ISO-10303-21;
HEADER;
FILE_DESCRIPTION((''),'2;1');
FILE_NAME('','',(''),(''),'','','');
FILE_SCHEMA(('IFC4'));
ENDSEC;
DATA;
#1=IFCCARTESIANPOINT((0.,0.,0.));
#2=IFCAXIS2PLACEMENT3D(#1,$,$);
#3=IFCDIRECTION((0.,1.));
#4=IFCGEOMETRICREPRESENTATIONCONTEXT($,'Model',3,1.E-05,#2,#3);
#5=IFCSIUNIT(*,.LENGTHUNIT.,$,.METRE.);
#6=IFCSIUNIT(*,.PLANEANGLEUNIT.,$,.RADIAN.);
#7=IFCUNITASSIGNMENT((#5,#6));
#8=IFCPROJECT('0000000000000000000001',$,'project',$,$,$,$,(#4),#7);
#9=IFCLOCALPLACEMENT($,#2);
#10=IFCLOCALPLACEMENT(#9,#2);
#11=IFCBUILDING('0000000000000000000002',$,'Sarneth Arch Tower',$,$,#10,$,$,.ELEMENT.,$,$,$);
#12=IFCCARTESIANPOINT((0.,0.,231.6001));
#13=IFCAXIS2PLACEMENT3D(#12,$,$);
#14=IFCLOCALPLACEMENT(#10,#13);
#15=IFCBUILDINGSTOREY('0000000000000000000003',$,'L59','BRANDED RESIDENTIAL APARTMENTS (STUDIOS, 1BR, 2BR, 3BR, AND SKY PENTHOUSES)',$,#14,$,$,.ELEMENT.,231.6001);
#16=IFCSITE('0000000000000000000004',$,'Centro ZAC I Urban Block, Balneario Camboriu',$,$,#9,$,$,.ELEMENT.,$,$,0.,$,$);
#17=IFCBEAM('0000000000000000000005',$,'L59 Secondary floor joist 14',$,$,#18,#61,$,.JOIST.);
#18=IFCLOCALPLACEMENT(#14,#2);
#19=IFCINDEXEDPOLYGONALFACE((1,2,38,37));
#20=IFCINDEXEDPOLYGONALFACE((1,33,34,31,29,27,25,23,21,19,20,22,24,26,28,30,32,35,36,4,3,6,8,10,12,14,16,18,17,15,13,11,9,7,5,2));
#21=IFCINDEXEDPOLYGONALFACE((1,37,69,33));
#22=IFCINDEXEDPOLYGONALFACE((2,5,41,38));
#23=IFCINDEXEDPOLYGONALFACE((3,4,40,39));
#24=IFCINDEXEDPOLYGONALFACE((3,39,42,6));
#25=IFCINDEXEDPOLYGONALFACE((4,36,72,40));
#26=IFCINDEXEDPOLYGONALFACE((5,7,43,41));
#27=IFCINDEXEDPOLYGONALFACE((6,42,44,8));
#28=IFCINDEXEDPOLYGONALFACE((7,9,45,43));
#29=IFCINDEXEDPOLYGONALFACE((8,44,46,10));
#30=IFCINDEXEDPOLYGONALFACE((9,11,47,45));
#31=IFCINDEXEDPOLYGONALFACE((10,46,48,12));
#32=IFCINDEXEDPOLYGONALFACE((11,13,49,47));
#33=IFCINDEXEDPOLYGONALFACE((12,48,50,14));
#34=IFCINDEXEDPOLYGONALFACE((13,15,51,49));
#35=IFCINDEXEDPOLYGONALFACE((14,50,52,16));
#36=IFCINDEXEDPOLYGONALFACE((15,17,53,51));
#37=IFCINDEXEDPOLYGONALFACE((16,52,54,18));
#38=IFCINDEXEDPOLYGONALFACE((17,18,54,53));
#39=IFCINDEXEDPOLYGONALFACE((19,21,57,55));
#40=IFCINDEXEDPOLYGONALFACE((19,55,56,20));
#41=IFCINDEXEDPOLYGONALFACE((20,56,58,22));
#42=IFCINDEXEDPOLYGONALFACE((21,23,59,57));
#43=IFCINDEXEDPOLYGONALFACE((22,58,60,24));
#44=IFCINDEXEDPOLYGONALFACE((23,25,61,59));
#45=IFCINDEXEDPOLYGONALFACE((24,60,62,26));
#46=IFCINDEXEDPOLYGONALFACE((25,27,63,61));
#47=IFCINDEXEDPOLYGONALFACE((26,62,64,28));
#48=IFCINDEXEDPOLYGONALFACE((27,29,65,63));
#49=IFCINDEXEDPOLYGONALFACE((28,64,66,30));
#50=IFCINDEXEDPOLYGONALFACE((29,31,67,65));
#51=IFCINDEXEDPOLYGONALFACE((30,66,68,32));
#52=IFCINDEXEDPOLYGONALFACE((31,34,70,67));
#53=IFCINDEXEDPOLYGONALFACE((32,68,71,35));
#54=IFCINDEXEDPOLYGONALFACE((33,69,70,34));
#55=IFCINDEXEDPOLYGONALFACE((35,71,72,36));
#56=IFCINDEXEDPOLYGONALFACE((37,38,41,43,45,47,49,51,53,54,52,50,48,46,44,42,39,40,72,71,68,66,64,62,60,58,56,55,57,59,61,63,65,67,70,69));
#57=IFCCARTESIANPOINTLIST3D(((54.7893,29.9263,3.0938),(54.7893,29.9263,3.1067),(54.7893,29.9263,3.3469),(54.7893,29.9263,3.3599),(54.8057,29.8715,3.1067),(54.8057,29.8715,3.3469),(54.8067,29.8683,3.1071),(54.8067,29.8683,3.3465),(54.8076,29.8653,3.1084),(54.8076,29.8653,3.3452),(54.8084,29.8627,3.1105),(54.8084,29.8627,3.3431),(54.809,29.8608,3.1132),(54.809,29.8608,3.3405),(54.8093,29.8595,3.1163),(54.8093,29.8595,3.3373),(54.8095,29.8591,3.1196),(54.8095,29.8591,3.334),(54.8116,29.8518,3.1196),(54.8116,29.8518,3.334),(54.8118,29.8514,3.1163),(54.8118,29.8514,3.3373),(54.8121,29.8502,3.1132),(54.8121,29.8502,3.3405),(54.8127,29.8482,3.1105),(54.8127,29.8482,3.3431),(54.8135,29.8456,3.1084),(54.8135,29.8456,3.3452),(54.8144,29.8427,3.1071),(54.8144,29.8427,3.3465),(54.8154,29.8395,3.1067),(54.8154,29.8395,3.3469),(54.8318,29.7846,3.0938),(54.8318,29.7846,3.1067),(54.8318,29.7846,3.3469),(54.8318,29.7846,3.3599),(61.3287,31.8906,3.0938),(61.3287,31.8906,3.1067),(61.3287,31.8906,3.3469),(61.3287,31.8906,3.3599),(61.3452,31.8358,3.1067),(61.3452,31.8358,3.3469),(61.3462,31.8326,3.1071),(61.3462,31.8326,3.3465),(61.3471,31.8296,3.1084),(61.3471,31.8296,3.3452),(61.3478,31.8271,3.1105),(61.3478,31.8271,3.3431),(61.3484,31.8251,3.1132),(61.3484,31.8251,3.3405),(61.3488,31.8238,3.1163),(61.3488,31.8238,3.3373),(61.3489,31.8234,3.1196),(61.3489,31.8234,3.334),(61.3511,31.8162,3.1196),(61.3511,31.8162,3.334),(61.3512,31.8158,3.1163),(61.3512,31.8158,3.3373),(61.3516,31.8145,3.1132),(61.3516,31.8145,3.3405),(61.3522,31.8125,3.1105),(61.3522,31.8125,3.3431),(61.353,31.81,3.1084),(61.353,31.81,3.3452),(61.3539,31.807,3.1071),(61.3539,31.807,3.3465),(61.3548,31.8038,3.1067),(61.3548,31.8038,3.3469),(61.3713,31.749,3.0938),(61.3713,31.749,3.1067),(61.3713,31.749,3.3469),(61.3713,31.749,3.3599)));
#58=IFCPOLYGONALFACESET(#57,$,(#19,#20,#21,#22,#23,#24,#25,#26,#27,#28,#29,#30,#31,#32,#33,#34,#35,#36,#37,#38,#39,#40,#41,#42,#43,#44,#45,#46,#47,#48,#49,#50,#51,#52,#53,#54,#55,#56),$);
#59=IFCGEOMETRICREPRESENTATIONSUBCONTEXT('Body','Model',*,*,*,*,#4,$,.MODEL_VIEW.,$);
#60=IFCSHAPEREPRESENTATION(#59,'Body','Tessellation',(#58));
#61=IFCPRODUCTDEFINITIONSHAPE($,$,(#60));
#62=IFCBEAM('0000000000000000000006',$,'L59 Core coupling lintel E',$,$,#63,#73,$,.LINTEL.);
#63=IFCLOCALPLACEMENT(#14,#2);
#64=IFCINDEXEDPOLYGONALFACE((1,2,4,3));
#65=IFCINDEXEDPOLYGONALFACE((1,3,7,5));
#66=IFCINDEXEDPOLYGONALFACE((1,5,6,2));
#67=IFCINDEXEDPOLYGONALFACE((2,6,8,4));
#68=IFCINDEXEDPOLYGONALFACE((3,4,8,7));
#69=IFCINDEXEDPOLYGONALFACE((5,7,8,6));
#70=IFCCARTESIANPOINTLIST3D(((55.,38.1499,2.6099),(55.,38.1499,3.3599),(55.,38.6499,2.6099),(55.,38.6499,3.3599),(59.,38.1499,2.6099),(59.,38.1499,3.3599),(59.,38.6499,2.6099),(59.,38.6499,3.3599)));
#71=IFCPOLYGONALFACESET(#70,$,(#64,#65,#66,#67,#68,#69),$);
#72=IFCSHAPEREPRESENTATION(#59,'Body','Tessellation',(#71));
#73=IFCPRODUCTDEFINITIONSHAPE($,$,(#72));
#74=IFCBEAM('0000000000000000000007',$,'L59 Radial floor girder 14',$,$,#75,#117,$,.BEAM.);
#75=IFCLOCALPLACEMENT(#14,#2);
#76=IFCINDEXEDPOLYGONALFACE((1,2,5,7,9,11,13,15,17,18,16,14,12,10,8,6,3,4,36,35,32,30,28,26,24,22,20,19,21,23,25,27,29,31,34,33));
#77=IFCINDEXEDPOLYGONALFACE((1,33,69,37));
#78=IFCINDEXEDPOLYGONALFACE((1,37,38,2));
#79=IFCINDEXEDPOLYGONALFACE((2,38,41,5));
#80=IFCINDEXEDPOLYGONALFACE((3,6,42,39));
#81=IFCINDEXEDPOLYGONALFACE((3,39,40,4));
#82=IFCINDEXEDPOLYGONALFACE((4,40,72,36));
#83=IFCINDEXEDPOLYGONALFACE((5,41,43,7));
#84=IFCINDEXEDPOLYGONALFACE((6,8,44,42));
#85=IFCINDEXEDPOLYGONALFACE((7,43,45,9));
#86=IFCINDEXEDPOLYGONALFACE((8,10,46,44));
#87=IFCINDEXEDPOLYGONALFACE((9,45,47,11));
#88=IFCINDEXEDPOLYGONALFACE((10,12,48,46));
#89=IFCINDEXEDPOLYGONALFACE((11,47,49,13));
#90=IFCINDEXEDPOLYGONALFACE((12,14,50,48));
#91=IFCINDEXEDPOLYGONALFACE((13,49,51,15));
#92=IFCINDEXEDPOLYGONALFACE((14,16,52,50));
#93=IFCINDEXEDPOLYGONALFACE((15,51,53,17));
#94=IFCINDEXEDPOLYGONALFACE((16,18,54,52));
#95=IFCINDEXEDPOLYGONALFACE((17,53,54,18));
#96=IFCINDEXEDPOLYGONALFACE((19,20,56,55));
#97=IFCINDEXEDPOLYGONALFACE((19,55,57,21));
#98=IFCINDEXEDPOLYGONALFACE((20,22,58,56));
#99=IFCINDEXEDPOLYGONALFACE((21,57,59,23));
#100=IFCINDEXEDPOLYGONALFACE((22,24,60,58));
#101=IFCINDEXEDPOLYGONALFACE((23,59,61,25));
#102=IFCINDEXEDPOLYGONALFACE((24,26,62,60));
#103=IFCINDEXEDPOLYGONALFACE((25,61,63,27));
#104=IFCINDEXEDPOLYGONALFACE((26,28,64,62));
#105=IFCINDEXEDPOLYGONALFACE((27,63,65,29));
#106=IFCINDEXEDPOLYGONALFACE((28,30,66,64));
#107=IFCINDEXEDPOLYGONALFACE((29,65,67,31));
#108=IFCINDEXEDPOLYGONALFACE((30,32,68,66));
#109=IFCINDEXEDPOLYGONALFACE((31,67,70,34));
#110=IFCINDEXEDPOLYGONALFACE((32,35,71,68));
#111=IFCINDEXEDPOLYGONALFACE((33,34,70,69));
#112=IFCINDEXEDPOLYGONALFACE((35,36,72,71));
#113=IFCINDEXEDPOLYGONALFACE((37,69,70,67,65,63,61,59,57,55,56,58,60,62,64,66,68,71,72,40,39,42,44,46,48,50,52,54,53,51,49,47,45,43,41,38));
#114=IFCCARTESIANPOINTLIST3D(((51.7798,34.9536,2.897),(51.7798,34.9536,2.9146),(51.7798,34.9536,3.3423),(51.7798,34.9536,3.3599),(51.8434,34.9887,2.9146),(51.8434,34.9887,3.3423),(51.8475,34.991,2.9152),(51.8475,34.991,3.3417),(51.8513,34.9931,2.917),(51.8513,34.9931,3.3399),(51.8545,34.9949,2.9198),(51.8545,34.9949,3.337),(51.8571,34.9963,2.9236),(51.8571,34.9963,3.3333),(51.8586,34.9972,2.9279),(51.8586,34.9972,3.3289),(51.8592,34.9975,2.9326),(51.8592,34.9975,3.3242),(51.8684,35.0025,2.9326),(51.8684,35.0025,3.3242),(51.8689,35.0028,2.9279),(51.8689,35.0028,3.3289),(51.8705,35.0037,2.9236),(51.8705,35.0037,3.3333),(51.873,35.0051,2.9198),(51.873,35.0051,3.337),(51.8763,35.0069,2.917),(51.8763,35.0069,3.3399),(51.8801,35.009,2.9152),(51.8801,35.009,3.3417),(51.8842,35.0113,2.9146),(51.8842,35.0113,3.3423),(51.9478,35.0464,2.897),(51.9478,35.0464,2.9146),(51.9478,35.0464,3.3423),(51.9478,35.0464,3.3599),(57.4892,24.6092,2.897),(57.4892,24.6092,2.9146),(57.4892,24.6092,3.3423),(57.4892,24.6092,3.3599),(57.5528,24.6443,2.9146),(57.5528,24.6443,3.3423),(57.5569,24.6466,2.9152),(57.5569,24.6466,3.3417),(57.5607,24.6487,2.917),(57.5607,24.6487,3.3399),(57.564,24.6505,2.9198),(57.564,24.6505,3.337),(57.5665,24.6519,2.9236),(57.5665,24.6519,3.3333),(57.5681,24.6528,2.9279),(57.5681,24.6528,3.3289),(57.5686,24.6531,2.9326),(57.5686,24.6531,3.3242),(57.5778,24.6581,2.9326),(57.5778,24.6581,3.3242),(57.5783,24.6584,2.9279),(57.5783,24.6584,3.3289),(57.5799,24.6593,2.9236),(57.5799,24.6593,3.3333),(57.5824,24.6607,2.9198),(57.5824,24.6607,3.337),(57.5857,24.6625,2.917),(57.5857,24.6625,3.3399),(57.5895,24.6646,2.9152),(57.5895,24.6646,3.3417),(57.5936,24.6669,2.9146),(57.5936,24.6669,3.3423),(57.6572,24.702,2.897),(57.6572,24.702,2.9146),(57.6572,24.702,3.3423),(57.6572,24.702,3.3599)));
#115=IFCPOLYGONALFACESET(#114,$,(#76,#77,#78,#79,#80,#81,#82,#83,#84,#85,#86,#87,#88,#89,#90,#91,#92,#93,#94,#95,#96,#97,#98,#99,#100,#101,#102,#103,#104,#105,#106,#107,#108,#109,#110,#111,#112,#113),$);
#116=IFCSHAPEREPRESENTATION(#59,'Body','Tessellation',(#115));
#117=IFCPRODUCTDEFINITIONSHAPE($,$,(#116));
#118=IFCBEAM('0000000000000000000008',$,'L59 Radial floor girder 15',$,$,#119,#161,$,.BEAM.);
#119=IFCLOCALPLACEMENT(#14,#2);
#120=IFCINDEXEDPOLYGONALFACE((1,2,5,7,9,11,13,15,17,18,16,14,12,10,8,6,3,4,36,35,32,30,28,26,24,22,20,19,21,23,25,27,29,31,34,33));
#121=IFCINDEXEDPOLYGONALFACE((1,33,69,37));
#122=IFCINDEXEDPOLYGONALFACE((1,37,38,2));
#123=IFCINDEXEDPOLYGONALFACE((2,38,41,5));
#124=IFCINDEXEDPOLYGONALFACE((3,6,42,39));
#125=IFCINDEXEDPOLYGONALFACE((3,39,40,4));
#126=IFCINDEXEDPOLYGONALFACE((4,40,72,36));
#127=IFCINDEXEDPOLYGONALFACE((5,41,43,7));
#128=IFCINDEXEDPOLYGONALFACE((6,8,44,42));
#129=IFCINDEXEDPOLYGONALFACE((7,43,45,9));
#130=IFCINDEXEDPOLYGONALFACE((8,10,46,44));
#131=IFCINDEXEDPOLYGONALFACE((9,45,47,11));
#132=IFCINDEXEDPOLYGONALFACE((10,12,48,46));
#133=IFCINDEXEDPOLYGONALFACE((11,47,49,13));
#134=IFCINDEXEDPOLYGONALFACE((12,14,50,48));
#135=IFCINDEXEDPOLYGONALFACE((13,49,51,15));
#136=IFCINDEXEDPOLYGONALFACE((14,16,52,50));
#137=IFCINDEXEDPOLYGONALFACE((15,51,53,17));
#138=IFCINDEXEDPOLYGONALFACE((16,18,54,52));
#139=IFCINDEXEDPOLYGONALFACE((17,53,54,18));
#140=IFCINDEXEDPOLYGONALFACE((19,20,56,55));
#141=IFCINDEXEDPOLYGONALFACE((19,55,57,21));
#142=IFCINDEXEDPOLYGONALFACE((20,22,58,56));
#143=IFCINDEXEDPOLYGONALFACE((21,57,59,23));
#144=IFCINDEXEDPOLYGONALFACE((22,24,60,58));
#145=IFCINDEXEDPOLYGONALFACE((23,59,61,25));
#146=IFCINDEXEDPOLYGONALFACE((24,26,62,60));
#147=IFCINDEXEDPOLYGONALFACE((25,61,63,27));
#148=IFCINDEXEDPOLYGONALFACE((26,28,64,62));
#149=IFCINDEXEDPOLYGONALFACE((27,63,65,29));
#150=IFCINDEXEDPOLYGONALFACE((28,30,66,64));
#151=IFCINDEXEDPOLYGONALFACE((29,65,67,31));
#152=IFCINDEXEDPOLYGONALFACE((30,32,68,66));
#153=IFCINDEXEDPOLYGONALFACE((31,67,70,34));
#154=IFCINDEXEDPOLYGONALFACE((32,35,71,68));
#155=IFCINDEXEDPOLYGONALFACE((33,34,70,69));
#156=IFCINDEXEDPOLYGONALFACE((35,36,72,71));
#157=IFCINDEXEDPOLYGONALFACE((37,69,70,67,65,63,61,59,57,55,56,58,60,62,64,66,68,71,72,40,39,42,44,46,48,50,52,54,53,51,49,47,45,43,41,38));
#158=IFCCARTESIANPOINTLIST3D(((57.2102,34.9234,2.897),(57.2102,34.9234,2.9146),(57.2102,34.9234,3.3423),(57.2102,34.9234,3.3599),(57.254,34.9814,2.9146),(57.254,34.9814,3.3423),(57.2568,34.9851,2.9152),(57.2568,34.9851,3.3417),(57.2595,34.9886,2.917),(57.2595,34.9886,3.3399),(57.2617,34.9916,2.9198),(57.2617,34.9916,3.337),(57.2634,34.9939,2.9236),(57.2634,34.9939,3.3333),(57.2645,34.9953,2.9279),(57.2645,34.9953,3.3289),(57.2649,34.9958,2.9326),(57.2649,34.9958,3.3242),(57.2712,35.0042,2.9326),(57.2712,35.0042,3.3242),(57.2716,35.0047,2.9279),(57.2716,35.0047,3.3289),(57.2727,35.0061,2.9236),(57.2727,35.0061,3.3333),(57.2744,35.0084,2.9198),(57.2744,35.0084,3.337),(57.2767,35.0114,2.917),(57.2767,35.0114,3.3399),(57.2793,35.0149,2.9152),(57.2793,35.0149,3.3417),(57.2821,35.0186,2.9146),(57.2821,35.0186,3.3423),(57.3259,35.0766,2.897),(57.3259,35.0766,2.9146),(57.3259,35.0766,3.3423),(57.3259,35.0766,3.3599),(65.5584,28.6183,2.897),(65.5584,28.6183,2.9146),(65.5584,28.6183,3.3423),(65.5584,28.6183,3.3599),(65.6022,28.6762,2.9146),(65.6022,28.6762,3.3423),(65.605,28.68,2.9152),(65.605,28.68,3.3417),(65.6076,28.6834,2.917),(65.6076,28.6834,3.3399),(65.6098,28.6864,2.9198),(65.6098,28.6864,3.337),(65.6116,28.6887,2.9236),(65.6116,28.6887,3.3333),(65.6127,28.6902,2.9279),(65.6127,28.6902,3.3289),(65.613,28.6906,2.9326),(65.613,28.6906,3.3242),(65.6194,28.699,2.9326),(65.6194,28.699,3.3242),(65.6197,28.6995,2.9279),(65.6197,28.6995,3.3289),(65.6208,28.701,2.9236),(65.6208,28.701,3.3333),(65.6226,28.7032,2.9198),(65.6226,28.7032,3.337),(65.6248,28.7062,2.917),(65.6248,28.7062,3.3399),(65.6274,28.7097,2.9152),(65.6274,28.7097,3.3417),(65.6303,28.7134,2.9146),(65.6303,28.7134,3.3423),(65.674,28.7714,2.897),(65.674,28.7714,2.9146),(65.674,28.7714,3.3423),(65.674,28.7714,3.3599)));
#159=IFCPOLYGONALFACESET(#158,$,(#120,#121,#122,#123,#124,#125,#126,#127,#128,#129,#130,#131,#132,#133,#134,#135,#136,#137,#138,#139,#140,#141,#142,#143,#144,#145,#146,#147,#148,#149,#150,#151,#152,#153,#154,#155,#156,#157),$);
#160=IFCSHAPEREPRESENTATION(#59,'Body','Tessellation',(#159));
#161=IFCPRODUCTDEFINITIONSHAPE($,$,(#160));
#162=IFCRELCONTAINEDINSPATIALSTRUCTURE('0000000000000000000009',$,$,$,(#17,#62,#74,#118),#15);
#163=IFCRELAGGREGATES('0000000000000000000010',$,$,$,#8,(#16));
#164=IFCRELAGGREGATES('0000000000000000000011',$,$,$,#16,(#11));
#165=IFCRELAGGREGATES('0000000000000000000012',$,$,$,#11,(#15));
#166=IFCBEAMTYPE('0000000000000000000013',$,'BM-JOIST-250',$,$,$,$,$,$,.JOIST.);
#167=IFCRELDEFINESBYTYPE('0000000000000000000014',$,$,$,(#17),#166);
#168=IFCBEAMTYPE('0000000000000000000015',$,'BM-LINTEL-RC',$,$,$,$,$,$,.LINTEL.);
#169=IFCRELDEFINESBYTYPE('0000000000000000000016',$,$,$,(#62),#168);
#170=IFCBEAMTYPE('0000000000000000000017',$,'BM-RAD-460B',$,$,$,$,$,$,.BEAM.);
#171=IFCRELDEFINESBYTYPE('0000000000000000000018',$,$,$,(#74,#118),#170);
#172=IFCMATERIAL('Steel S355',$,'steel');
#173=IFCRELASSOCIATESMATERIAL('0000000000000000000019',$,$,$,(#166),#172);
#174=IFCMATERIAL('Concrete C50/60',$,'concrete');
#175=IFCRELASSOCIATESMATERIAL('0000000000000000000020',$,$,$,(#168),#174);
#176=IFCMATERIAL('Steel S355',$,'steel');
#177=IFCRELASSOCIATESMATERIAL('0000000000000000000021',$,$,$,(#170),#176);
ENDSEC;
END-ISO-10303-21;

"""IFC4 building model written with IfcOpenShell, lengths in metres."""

from ifc_helpers import new_model, si_unit, direction, frame, origin, origin_2d, place, context, subcontext, project, spatial, rectangle, i_section, extrude, material, material_profile, profile_set, type_object, element, save


model = new_model("IFC4")

# Units and contexts
model_context = context("Model", 3, precision=1e-05, world=origin(), true_north=direction((0.0, 1.0)))
body_context = subcontext(model_context, "Body", "Model", "MODEL_VIEW")
ifc_project = project(units=[si_unit("LENGTHUNIT", "METRE"), si_unit("PLANEANGLEUNIT", "RADIAN")], contexts=[model_context])

# Site, building, storey
site_placement = place(None, origin())
site = spatial("IfcSite", under=ifc_project, at=site_placement, Name="Centro ZAC I Urban Block, Balneario Camboriu", CompositionType="ELEMENT", RefElevation=0.0)
building_placement = place(site_placement, origin())
building = spatial("IfcBuilding", under=site, at=building_placement, Name="Sarneth Arch Tower", CompositionType="ELEMENT")
storey_placement = place(building_placement, frame((0.0, 0.0, 231.6001)))
storey = spatial("IfcBuildingStorey", under=building, at=storey_placement, Name="L59", Description="BRANDED RESIDENTIAL APARTMENTS (STUDIOS, 1BR, 2BR, 3BR, AND SKY PENTHOUSES)", CompositionType="ELEMENT", Elevation=231.6001)

# Beams
ifc_material_1 = material(Name="Steel S355", Category="steel")
ifc_material_profile_1 = material_profile(ifc_material_1, i_section(OverallWidth=0.1479, OverallDepth=0.2661, WebThickness=0.0076, FlangeThickness=0.0129, FilletRadius=0.0129, at=origin_2d()), Name="W250x44.8")
ifc_profile_set_1 = profile_set([ifc_material_profile_1], Name="Steel S355")
beam_type_1 = type_object("IfcBeamType", Name="BM-JOIST-250", PredefinedType="JOIST", material=ifc_profile_set_1)
beam_1_placement = place(storey_placement, frame((54.8105, 29.8555, 3.2268), z_axis=(0.957726, 0.287682, 0.0), x_axis=(-0.287682, 0.957726, 0.0)))
element("IfcBeam", 1, at=beam_1_placement, inside=storey, type_object=beam_type_1, Name="L59 Secondary floor joist 14", PredefinedType="JOIST", context=body_context, shape_type="SweptSolid", body=[
    extrude(i_section(OverallWidth=0.1479, OverallDepth=0.2661, WebThickness=0.0076, FlangeThickness=0.0129, FilletRadius=0.0129, at=origin_2d()), origin(), (0.0, 0.0, 1.0), 6.8281),
])
ifc_material_2 = material(Name="Concrete C50/60", Category="concrete")
ifc_material_profile_2 = material_profile(ifc_material_2, rectangle(XDim=0.5, YDim=0.75, at=origin_2d()), Name="RC-500x750")
ifc_profile_set_2 = profile_set([ifc_material_profile_2], Name="Concrete C50/60")
beam_type_2 = type_object("IfcBeamType", Name="BM-LINTEL-RC", PredefinedType="LINTEL", material=ifc_profile_set_2)
beam_2_placement = place(storey_placement, frame((55.0, 38.3999, 2.9849), z_axis=(1.0, 0.0, 0.0), x_axis=(0.0, 1.0, 0.0)))
element("IfcBeam", 2, at=beam_2_placement, inside=storey, type_object=beam_type_2, Name="L59 Core coupling lintel E", PredefinedType="LINTEL", context=body_context, shape_type="SweptSolid", body=[
    extrude(rectangle(XDim=0.5, YDim=0.75, at=origin_2d()), origin(), (0.0, 0.0, 1.0), 4.0),
])
ifc_material_3 = material(Name="Steel S355", Category="steel")
ifc_material_profile_3 = material_profile(ifc_material_3, i_section(OverallWidth=0.1919, OverallDepth=0.4629, WebThickness=0.0105, FlangeThickness=0.0176, FilletRadius=0.0181, at=origin_2d()), Name="W460x89")
ifc_profile_set_3 = profile_set([ifc_material_profile_3], Name="Steel S355")
beam_type_3 = type_object("IfcBeamType", Name="BM-RAD-460B", PredefinedType="BEAM", material=ifc_profile_set_3)
beam_3_placement = place(storey_placement, frame((51.8638, 35.0, 3.1284), z_axis=(0.483218, -0.8755, 0.0), x_axis=(0.8755, 0.483218, 0.0)))
element("IfcBeam", 3, at=beam_3_placement, inside=storey, type_object=beam_type_3, Name="L59 Radial floor girder 14", PredefinedType="BEAM", context=body_context, shape_type="SweptSolid", body=[
    extrude(i_section(OverallWidth=0.1919, OverallDepth=0.4629, WebThickness=0.0105, FlangeThickness=0.0176, FilletRadius=0.0181, at=origin_2d()), origin(), (0.0, 0.0, 1.0), 11.8154),
])
beam_4_placement = place(storey_placement, frame((57.2681, 35.0, 3.1284), z_axis=(0.797974, -0.602692, 0.0), x_axis=(0.602692, 0.797974, 0.0)))
element("IfcBeam", 4, at=beam_4_placement, inside=storey, type_object=beam_type_3, Name="L59 Radial floor girder 15", PredefinedType="BEAM", context=body_context, shape_type="SweptSolid", body=[
    extrude(i_section(OverallWidth=0.1919, OverallDepth=0.4629, WebThickness=0.0105, FlangeThickness=0.0176, FilletRadius=0.0181, at=origin_2d()), origin(), (0.0, 0.0, 1.0), 10.4617),
])

save(model, "model.ifc")
